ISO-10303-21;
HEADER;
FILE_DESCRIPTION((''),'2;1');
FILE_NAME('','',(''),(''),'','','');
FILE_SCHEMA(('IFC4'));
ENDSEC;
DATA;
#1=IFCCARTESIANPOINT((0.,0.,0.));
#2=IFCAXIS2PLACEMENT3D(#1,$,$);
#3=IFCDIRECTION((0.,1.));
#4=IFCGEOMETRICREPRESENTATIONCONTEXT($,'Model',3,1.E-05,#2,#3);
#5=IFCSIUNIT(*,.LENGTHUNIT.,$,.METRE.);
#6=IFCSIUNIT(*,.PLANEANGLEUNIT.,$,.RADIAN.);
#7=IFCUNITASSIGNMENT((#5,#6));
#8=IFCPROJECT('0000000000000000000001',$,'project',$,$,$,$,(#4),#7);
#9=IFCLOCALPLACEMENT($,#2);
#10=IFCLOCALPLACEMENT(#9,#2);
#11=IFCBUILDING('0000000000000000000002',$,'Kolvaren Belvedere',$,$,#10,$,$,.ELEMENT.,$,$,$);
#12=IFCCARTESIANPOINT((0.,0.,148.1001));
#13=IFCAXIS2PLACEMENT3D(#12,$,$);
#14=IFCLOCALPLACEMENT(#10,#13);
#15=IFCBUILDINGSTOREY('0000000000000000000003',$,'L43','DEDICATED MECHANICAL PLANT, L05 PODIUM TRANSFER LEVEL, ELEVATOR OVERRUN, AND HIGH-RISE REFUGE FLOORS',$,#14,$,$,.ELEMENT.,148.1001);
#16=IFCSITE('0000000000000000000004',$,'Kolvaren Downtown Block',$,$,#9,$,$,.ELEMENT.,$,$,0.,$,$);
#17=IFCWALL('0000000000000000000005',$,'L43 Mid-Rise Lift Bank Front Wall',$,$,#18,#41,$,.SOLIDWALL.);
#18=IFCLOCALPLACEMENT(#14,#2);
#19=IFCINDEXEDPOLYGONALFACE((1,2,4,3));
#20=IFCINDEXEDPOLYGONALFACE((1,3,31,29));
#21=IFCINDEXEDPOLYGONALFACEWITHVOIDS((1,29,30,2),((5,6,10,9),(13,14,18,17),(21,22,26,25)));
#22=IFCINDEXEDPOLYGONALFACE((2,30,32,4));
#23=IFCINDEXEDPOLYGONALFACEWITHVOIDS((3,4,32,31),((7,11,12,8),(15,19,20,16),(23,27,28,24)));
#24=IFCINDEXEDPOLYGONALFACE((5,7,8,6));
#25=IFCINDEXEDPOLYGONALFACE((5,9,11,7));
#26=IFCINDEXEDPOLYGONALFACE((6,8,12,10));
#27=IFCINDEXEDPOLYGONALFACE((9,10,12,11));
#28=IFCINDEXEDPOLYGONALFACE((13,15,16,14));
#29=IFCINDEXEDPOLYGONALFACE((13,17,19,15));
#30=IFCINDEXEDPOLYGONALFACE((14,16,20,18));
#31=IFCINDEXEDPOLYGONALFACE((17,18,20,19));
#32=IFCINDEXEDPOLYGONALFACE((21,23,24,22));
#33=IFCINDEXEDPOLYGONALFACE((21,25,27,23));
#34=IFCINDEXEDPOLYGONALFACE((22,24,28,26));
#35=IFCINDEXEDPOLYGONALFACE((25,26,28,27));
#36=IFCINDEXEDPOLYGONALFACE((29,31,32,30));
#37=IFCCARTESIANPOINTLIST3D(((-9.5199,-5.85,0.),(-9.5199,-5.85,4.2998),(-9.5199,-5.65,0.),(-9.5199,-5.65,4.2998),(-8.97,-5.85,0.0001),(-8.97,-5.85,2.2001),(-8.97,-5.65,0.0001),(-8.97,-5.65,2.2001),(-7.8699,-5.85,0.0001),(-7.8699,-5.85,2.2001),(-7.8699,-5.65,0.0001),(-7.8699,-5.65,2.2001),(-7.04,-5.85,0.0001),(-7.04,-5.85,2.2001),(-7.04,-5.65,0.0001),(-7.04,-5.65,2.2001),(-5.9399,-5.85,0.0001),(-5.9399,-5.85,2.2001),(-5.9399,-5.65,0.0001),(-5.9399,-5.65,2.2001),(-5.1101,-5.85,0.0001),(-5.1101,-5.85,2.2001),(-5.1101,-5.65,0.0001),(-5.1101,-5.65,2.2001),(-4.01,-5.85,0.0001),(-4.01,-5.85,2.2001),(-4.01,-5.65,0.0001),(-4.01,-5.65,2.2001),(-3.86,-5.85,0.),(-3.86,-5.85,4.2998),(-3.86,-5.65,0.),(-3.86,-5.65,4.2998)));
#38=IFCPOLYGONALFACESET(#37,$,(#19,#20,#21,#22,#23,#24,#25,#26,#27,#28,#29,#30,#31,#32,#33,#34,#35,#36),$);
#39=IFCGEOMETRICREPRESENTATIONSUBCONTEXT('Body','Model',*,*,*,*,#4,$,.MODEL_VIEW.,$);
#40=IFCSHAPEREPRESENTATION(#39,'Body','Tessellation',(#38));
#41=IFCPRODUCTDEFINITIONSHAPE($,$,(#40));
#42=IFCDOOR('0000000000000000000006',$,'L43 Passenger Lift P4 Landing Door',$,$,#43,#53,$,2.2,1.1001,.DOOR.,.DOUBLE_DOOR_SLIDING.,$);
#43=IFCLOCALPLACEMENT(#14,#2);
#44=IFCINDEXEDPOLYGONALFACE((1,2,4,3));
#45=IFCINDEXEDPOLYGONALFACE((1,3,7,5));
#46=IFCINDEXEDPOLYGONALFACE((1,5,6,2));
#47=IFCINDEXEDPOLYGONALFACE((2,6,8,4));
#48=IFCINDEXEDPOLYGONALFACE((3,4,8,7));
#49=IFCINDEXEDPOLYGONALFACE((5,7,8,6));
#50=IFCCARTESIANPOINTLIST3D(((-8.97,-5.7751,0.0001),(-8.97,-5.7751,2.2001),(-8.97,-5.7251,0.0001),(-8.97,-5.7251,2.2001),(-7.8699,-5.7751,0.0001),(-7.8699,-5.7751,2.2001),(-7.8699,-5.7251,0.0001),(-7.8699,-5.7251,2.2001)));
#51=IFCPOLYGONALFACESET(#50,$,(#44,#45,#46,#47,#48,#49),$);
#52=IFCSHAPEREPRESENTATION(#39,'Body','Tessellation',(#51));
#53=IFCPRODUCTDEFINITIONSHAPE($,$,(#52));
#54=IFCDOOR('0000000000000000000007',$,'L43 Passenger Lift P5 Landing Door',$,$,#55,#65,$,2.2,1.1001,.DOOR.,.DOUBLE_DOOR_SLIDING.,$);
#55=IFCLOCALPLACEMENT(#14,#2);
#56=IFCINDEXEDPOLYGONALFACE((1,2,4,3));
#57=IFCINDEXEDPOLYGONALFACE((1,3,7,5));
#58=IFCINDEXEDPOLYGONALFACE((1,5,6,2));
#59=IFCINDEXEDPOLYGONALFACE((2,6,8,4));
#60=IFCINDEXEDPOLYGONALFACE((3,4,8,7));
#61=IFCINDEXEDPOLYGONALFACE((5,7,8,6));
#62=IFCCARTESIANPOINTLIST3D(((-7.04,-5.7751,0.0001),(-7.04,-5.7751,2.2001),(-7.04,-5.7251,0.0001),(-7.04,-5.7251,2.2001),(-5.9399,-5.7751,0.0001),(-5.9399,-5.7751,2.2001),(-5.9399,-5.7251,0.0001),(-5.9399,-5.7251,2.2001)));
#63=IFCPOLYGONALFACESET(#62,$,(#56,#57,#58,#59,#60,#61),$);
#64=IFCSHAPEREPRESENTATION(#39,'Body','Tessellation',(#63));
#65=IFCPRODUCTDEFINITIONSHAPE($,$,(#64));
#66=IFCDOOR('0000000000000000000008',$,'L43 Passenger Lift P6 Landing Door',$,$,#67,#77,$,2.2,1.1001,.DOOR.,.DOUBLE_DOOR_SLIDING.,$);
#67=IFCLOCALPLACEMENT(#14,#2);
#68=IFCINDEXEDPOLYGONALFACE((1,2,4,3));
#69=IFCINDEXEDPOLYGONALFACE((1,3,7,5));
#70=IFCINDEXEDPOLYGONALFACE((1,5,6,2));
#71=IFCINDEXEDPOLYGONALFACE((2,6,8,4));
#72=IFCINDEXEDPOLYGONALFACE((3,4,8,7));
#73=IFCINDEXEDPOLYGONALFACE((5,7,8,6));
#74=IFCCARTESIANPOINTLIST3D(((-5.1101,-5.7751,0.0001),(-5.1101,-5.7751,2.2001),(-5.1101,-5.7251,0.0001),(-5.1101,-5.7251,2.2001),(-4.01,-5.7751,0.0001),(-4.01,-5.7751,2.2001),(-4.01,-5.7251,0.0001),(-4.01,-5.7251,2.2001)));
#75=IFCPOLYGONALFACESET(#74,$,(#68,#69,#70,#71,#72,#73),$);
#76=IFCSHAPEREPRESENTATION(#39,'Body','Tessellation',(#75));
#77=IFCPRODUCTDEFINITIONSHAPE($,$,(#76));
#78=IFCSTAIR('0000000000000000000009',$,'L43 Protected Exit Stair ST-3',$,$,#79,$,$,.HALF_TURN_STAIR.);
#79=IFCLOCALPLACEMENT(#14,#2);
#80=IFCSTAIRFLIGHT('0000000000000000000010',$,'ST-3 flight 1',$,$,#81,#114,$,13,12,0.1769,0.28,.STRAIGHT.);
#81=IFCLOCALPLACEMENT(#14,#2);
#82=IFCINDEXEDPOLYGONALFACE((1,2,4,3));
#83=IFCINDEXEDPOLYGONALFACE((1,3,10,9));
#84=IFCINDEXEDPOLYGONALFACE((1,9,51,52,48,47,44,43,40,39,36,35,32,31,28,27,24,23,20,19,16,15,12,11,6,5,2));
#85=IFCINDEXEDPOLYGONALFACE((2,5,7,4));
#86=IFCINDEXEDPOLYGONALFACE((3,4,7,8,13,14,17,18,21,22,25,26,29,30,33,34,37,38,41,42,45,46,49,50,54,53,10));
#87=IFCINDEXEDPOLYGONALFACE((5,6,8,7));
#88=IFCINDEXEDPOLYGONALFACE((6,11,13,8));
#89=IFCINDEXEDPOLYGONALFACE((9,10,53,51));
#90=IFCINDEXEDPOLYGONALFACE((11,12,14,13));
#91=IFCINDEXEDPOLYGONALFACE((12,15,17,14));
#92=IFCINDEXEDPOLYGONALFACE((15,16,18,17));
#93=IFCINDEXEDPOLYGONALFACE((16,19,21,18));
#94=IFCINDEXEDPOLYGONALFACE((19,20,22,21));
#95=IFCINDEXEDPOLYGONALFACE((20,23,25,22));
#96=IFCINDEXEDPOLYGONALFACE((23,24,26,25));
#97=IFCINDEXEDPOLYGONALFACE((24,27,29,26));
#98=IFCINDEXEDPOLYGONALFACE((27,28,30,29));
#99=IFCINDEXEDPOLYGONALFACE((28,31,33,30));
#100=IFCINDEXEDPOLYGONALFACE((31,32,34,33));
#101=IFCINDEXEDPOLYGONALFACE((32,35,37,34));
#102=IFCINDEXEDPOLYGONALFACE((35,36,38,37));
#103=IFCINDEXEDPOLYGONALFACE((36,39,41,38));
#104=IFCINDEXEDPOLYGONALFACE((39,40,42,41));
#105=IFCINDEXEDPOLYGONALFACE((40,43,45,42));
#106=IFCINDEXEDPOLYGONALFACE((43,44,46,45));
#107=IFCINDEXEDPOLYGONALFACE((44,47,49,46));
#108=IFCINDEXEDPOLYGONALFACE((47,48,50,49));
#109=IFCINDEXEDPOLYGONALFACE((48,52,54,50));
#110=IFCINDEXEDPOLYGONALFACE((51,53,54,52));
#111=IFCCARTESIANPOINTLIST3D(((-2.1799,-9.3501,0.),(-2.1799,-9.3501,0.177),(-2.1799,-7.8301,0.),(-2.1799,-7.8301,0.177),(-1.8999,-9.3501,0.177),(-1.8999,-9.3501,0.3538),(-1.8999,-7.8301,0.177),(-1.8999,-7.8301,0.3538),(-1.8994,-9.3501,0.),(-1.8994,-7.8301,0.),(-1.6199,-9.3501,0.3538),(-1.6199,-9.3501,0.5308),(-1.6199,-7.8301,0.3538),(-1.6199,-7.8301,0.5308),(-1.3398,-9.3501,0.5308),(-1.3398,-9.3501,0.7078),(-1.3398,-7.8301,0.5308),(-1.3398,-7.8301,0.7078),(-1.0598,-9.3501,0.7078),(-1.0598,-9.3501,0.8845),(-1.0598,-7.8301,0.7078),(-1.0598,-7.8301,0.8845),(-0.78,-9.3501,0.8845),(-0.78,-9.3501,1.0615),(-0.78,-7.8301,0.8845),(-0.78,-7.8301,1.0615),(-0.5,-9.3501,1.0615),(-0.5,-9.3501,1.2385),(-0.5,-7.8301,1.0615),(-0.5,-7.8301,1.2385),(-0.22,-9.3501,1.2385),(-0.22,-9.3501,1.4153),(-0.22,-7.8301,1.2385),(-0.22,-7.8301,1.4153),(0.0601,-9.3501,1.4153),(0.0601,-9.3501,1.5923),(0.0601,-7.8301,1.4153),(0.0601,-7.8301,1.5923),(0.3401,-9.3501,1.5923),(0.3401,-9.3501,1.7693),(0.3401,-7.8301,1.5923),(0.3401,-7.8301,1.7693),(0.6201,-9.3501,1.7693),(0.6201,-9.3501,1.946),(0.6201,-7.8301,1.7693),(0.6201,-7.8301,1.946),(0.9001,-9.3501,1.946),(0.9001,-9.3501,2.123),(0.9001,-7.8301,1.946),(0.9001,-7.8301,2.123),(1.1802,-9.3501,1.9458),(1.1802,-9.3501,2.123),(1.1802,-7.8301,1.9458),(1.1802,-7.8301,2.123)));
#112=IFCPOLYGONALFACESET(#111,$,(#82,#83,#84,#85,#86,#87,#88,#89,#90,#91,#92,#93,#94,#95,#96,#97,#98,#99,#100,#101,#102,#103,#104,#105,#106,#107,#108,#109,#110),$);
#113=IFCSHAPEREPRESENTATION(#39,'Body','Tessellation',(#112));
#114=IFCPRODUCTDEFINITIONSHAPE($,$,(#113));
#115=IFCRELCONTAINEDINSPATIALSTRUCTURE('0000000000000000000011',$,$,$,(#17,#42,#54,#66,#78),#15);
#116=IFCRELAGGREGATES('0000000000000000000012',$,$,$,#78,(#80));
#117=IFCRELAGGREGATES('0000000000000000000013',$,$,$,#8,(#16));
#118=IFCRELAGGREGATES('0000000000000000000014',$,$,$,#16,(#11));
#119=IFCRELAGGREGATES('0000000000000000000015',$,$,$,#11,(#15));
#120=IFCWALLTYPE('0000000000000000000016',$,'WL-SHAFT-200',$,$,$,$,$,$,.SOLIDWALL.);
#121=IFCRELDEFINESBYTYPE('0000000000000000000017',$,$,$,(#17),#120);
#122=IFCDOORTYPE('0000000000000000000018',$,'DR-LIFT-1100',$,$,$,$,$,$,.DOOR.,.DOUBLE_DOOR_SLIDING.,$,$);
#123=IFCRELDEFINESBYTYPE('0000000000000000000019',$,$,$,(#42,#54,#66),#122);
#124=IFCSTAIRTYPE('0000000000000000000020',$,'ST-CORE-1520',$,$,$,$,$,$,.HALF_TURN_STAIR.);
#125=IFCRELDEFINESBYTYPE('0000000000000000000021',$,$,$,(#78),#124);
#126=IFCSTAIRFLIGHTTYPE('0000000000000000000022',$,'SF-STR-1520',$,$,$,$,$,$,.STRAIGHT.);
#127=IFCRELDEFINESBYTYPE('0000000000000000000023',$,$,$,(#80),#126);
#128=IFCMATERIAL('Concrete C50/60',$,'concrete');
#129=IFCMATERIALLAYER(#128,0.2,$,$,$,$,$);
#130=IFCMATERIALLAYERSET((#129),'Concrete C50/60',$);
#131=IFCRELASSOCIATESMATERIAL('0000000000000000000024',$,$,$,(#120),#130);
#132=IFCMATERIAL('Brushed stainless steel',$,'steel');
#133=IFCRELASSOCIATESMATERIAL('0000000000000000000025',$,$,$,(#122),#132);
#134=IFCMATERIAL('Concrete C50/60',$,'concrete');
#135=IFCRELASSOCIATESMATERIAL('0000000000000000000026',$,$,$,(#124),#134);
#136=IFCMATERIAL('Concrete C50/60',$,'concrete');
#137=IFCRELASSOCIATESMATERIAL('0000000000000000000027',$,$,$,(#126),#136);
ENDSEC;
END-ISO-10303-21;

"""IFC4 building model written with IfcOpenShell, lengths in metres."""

from ifc_helpers import new_model, si_unit, direction, frame, frame_2d, origin, place, context, subcontext, project, spatial, polyline, rectangle, outline, extrude, material, layer, layer_set, type_object, element, fill, aggregate, save


model = new_model("IFC4")

# Units and contexts
model_context = context("Model", 3, precision=1e-05, world=origin(), true_north=direction((0.0, 1.0)))
body_context = subcontext(model_context, "Body", "Model", "MODEL_VIEW")
ifc_project = project(units=[si_unit("LENGTHUNIT", "METRE"), si_unit("PLANEANGLEUNIT", "RADIAN")], contexts=[model_context])

# Site, building, storey
site_placement = place(None, origin())
site = spatial("IfcSite", under=ifc_project, at=site_placement, Name="Kolvaren Downtown Block", CompositionType="ELEMENT", RefElevation=0.0)
building_placement = place(site_placement, origin())
building = spatial("IfcBuilding", under=site, at=building_placement, Name="Kolvaren Belvedere", CompositionType="ELEMENT")
storey_placement = place(building_placement, frame((0.0, 0.0, 148.1001)))
storey = spatial("IfcBuildingStorey", under=building, at=storey_placement, Name="L43", Description="DEDICATED MECHANICAL PLANT, L05 PODIUM TRANSFER LEVEL, ELEVATOR OVERRUN, AND HIGH-RISE REFUGE FLOORS", CompositionType="ELEMENT", Elevation=148.1001)

# Shared definitions
ifc_material_1 = material(Name="Concrete C50/60", Category="concrete")
ifc_layer_1 = layer(ifc_material_1, 0.2)
ifc_layer_set_1 = layer_set([ifc_layer_1], Name="Concrete C50/60")
wall_type_1 = type_object("IfcWallType", Name="WL-SHAFT-200", PredefinedType="SOLIDWALL", material=ifc_layer_set_1)
ifc_material_2 = material(Name="Brushed stainless steel", Category="steel")
door_type_1 = type_object("IfcDoorType", Name="DR-LIFT-1100", OperationType="DOUBLE_DOOR_SLIDING", PredefinedType="DOOR", material=ifc_material_2)

# Wall, openings, doors
wall_1_placement = place(storey_placement, frame((-9.52, -5.75, 0.0), z_axis=(0.0, 0.0, 1.0), x_axis=(1.0, 0.0, 0.0)))
wall_1 = element("IfcWall", 1, at=wall_1_placement, inside=storey, type_object=wall_type_1, Name="L43 Mid-Rise Lift Bank Front Wall", PredefinedType="SOLIDWALL", context=body_context, shape_type="SweptSolid", body=[
    extrude(rectangle(XDim=5.6599, YDim=0.2, at=frame_2d((2.8301, 0.0))), origin(), (0.0, 0.0, 1.0), 4.2998),
])
opening_1_placement = place(wall_1_placement, frame((0.55, 0.0, 0.0)))
opening_1 = element("IfcOpeningElement", 2, at=opening_1_placement, cuts=wall_1, PredefinedType="OPENING", context=body_context, shape_type="SweptSolid", body=[
    extrude(rectangle(XDim=1.1001, YDim=2.2, at=frame_2d((0.55, 1.1001))), frame((0.0, 0.1099, 0.0), z_axis=(0.0, -1.0, 0.0), x_axis=(1.0, 0.0, 0.0)), (0.0, 0.0, 1.0), 0.22),
])
opening_2_placement = place(wall_1_placement, frame((2.48, 0.0, 0.0)))
opening_2 = element("IfcOpeningElement", 3, at=opening_2_placement, cuts=wall_1, PredefinedType="OPENING", context=body_context, shape_type="SweptSolid", body=[
    extrude(rectangle(XDim=1.1001, YDim=2.2, at=frame_2d((0.55, 1.1001))), frame((0.0, 0.1099, 0.0), z_axis=(0.0, -1.0, 0.0), x_axis=(1.0, 0.0, 0.0)), (0.0, 0.0, 1.0), 0.22),
])
opening_3_placement = place(wall_1_placement, frame((4.4099, 0.0, 0.0)))
opening_3 = element("IfcOpeningElement", 4, at=opening_3_placement, cuts=wall_1, PredefinedType="OPENING", context=body_context, shape_type="SweptSolid", body=[
    extrude(rectangle(XDim=1.1001, YDim=2.2, at=frame_2d((0.55, 1.1001))), frame((0.0, 0.1099, 0.0), z_axis=(0.0, -1.0, 0.0), x_axis=(1.0, 0.0, 0.0)), (0.0, 0.0, 1.0), 0.22),
])
door_1_placement = place(opening_1_placement, origin())
door_1 = element("IfcDoor", 5, at=door_1_placement, inside=storey, type_object=door_type_1, Name="L43 Passenger Lift P4 Landing Door", OperationType="DOUBLE_DOOR_SLIDING", OverallHeight=2.2, OverallWidth=1.1001, PredefinedType="DOOR", context=body_context, shape_type="SweptSolid", body=[
    extrude(rectangle(XDim=1.1001, YDim=2.2, at=frame_2d((0.55, 1.1001))), frame((0.0, 0.0249, 0.0), z_axis=(0.0, -1.0, 0.0), x_axis=(1.0, 0.0, 0.0)), (0.0, 0.0, 1.0), 0.05),
])
fill(opening_1, door_1)
door_2_placement = place(opening_2_placement, origin())
door_2 = element("IfcDoor", 6, at=door_2_placement, inside=storey, type_object=door_type_1, Name="L43 Passenger Lift P5 Landing Door", OperationType="DOUBLE_DOOR_SLIDING", OverallHeight=2.2, OverallWidth=1.1001, PredefinedType="DOOR", context=body_context, shape_type="SweptSolid", body=[
    extrude(rectangle(XDim=1.1001, YDim=2.2, at=frame_2d((0.55, 1.1001))), frame((0.0, 0.0249, 0.0), z_axis=(0.0, -1.0, 0.0), x_axis=(1.0, 0.0, 0.0)), (0.0, 0.0, 1.0), 0.05),
])
fill(opening_2, door_2)
door_3_placement = place(opening_3_placement, origin())
door_3 = element("IfcDoor", 7, at=door_3_placement, inside=storey, type_object=door_type_1, Name="L43 Passenger Lift P6 Landing Door", OperationType="DOUBLE_DOOR_SLIDING", OverallHeight=2.2, OverallWidth=1.1001, PredefinedType="DOOR", context=body_context, shape_type="SweptSolid", body=[
    extrude(rectangle(XDim=1.1001, YDim=2.2, at=frame_2d((0.55, 1.1001))), frame((0.0, 0.0249, 0.0), z_axis=(0.0, -1.0, 0.0), x_axis=(1.0, 0.0, 0.0)), (0.0, 0.0, 1.0), 0.05),
])
fill(opening_3, door_3)

# Stair, stair flight
ifc_material_3 = material(Name="Concrete C50/60", Category="concrete")
stair_type = type_object("IfcStairType", Name="ST-CORE-1520", PredefinedType="HALF_TURN_STAIR", material=ifc_material_3)
stair_placement = place(storey_placement, origin())
stair = element("IfcStair", 8, at=stair_placement, inside=storey, type_object=stair_type, Name="L43 Protected Exit Stair ST-3", PredefinedType="HALF_TURN_STAIR")
ifc_material_4 = material(Name="Concrete C50/60", Category="concrete")
stair_flight_type = type_object("IfcStairFlightType", Name="SF-STR-1520", PredefinedType="STRAIGHT", material=ifc_material_4)
stair_flight_placement = place(storey_placement, frame((-2.1799, -8.5901, 0.0), z_axis=(0.0, 0.0, 1.0), x_axis=(1.0, 0.0, 0.0)))
stair_flight = element("IfcStairFlight", 9, at=stair_flight_placement, type_object=stair_flight_type, Name="ST-3 flight 1", NumberOfRisers=13, NumberOfTreads=12, PredefinedType="STRAIGHT", RiserHeight=0.1769, TreadLength=0.28, context=body_context, shape_type="SweptSolid", body=[
    extrude(outline(polyline([(0.0, 0.0), (0.0, 0.177), (0.28, 0.177), (0.28, 0.3538), (0.5601, 0.3538), (0.5601, 0.5308), (0.8401, 0.5308), (0.8401, 0.7078), (1.1201, 0.7078), (1.1201, 0.8845), (1.3999, 0.8845), (1.3999, 1.0615), (1.6799, 1.0615), (1.6799, 1.2385), (1.96, 1.2385), (1.96, 1.4153), (2.24, 1.4153), (2.24, 1.5923), (2.52, 1.5923), (2.52, 1.7693), (2.8, 1.7693), (2.8, 1.946), (3.0801, 1.946), (3.0801, 2.123), (3.3601, 2.123), (3.3601, 2.3), (3.3601, 1.9458), (0.2805, 0.0), (0.0, 0.0)])), frame((0.0, 0.76, 0.0), z_axis=(0.0, -1.0, 0.0), x_axis=(1.0, 0.0, 0.0)), (0.0, 0.0, 1.0), 1.52),
])
aggregate(stair, [stair_flight])

save(model, "model.ifc")
